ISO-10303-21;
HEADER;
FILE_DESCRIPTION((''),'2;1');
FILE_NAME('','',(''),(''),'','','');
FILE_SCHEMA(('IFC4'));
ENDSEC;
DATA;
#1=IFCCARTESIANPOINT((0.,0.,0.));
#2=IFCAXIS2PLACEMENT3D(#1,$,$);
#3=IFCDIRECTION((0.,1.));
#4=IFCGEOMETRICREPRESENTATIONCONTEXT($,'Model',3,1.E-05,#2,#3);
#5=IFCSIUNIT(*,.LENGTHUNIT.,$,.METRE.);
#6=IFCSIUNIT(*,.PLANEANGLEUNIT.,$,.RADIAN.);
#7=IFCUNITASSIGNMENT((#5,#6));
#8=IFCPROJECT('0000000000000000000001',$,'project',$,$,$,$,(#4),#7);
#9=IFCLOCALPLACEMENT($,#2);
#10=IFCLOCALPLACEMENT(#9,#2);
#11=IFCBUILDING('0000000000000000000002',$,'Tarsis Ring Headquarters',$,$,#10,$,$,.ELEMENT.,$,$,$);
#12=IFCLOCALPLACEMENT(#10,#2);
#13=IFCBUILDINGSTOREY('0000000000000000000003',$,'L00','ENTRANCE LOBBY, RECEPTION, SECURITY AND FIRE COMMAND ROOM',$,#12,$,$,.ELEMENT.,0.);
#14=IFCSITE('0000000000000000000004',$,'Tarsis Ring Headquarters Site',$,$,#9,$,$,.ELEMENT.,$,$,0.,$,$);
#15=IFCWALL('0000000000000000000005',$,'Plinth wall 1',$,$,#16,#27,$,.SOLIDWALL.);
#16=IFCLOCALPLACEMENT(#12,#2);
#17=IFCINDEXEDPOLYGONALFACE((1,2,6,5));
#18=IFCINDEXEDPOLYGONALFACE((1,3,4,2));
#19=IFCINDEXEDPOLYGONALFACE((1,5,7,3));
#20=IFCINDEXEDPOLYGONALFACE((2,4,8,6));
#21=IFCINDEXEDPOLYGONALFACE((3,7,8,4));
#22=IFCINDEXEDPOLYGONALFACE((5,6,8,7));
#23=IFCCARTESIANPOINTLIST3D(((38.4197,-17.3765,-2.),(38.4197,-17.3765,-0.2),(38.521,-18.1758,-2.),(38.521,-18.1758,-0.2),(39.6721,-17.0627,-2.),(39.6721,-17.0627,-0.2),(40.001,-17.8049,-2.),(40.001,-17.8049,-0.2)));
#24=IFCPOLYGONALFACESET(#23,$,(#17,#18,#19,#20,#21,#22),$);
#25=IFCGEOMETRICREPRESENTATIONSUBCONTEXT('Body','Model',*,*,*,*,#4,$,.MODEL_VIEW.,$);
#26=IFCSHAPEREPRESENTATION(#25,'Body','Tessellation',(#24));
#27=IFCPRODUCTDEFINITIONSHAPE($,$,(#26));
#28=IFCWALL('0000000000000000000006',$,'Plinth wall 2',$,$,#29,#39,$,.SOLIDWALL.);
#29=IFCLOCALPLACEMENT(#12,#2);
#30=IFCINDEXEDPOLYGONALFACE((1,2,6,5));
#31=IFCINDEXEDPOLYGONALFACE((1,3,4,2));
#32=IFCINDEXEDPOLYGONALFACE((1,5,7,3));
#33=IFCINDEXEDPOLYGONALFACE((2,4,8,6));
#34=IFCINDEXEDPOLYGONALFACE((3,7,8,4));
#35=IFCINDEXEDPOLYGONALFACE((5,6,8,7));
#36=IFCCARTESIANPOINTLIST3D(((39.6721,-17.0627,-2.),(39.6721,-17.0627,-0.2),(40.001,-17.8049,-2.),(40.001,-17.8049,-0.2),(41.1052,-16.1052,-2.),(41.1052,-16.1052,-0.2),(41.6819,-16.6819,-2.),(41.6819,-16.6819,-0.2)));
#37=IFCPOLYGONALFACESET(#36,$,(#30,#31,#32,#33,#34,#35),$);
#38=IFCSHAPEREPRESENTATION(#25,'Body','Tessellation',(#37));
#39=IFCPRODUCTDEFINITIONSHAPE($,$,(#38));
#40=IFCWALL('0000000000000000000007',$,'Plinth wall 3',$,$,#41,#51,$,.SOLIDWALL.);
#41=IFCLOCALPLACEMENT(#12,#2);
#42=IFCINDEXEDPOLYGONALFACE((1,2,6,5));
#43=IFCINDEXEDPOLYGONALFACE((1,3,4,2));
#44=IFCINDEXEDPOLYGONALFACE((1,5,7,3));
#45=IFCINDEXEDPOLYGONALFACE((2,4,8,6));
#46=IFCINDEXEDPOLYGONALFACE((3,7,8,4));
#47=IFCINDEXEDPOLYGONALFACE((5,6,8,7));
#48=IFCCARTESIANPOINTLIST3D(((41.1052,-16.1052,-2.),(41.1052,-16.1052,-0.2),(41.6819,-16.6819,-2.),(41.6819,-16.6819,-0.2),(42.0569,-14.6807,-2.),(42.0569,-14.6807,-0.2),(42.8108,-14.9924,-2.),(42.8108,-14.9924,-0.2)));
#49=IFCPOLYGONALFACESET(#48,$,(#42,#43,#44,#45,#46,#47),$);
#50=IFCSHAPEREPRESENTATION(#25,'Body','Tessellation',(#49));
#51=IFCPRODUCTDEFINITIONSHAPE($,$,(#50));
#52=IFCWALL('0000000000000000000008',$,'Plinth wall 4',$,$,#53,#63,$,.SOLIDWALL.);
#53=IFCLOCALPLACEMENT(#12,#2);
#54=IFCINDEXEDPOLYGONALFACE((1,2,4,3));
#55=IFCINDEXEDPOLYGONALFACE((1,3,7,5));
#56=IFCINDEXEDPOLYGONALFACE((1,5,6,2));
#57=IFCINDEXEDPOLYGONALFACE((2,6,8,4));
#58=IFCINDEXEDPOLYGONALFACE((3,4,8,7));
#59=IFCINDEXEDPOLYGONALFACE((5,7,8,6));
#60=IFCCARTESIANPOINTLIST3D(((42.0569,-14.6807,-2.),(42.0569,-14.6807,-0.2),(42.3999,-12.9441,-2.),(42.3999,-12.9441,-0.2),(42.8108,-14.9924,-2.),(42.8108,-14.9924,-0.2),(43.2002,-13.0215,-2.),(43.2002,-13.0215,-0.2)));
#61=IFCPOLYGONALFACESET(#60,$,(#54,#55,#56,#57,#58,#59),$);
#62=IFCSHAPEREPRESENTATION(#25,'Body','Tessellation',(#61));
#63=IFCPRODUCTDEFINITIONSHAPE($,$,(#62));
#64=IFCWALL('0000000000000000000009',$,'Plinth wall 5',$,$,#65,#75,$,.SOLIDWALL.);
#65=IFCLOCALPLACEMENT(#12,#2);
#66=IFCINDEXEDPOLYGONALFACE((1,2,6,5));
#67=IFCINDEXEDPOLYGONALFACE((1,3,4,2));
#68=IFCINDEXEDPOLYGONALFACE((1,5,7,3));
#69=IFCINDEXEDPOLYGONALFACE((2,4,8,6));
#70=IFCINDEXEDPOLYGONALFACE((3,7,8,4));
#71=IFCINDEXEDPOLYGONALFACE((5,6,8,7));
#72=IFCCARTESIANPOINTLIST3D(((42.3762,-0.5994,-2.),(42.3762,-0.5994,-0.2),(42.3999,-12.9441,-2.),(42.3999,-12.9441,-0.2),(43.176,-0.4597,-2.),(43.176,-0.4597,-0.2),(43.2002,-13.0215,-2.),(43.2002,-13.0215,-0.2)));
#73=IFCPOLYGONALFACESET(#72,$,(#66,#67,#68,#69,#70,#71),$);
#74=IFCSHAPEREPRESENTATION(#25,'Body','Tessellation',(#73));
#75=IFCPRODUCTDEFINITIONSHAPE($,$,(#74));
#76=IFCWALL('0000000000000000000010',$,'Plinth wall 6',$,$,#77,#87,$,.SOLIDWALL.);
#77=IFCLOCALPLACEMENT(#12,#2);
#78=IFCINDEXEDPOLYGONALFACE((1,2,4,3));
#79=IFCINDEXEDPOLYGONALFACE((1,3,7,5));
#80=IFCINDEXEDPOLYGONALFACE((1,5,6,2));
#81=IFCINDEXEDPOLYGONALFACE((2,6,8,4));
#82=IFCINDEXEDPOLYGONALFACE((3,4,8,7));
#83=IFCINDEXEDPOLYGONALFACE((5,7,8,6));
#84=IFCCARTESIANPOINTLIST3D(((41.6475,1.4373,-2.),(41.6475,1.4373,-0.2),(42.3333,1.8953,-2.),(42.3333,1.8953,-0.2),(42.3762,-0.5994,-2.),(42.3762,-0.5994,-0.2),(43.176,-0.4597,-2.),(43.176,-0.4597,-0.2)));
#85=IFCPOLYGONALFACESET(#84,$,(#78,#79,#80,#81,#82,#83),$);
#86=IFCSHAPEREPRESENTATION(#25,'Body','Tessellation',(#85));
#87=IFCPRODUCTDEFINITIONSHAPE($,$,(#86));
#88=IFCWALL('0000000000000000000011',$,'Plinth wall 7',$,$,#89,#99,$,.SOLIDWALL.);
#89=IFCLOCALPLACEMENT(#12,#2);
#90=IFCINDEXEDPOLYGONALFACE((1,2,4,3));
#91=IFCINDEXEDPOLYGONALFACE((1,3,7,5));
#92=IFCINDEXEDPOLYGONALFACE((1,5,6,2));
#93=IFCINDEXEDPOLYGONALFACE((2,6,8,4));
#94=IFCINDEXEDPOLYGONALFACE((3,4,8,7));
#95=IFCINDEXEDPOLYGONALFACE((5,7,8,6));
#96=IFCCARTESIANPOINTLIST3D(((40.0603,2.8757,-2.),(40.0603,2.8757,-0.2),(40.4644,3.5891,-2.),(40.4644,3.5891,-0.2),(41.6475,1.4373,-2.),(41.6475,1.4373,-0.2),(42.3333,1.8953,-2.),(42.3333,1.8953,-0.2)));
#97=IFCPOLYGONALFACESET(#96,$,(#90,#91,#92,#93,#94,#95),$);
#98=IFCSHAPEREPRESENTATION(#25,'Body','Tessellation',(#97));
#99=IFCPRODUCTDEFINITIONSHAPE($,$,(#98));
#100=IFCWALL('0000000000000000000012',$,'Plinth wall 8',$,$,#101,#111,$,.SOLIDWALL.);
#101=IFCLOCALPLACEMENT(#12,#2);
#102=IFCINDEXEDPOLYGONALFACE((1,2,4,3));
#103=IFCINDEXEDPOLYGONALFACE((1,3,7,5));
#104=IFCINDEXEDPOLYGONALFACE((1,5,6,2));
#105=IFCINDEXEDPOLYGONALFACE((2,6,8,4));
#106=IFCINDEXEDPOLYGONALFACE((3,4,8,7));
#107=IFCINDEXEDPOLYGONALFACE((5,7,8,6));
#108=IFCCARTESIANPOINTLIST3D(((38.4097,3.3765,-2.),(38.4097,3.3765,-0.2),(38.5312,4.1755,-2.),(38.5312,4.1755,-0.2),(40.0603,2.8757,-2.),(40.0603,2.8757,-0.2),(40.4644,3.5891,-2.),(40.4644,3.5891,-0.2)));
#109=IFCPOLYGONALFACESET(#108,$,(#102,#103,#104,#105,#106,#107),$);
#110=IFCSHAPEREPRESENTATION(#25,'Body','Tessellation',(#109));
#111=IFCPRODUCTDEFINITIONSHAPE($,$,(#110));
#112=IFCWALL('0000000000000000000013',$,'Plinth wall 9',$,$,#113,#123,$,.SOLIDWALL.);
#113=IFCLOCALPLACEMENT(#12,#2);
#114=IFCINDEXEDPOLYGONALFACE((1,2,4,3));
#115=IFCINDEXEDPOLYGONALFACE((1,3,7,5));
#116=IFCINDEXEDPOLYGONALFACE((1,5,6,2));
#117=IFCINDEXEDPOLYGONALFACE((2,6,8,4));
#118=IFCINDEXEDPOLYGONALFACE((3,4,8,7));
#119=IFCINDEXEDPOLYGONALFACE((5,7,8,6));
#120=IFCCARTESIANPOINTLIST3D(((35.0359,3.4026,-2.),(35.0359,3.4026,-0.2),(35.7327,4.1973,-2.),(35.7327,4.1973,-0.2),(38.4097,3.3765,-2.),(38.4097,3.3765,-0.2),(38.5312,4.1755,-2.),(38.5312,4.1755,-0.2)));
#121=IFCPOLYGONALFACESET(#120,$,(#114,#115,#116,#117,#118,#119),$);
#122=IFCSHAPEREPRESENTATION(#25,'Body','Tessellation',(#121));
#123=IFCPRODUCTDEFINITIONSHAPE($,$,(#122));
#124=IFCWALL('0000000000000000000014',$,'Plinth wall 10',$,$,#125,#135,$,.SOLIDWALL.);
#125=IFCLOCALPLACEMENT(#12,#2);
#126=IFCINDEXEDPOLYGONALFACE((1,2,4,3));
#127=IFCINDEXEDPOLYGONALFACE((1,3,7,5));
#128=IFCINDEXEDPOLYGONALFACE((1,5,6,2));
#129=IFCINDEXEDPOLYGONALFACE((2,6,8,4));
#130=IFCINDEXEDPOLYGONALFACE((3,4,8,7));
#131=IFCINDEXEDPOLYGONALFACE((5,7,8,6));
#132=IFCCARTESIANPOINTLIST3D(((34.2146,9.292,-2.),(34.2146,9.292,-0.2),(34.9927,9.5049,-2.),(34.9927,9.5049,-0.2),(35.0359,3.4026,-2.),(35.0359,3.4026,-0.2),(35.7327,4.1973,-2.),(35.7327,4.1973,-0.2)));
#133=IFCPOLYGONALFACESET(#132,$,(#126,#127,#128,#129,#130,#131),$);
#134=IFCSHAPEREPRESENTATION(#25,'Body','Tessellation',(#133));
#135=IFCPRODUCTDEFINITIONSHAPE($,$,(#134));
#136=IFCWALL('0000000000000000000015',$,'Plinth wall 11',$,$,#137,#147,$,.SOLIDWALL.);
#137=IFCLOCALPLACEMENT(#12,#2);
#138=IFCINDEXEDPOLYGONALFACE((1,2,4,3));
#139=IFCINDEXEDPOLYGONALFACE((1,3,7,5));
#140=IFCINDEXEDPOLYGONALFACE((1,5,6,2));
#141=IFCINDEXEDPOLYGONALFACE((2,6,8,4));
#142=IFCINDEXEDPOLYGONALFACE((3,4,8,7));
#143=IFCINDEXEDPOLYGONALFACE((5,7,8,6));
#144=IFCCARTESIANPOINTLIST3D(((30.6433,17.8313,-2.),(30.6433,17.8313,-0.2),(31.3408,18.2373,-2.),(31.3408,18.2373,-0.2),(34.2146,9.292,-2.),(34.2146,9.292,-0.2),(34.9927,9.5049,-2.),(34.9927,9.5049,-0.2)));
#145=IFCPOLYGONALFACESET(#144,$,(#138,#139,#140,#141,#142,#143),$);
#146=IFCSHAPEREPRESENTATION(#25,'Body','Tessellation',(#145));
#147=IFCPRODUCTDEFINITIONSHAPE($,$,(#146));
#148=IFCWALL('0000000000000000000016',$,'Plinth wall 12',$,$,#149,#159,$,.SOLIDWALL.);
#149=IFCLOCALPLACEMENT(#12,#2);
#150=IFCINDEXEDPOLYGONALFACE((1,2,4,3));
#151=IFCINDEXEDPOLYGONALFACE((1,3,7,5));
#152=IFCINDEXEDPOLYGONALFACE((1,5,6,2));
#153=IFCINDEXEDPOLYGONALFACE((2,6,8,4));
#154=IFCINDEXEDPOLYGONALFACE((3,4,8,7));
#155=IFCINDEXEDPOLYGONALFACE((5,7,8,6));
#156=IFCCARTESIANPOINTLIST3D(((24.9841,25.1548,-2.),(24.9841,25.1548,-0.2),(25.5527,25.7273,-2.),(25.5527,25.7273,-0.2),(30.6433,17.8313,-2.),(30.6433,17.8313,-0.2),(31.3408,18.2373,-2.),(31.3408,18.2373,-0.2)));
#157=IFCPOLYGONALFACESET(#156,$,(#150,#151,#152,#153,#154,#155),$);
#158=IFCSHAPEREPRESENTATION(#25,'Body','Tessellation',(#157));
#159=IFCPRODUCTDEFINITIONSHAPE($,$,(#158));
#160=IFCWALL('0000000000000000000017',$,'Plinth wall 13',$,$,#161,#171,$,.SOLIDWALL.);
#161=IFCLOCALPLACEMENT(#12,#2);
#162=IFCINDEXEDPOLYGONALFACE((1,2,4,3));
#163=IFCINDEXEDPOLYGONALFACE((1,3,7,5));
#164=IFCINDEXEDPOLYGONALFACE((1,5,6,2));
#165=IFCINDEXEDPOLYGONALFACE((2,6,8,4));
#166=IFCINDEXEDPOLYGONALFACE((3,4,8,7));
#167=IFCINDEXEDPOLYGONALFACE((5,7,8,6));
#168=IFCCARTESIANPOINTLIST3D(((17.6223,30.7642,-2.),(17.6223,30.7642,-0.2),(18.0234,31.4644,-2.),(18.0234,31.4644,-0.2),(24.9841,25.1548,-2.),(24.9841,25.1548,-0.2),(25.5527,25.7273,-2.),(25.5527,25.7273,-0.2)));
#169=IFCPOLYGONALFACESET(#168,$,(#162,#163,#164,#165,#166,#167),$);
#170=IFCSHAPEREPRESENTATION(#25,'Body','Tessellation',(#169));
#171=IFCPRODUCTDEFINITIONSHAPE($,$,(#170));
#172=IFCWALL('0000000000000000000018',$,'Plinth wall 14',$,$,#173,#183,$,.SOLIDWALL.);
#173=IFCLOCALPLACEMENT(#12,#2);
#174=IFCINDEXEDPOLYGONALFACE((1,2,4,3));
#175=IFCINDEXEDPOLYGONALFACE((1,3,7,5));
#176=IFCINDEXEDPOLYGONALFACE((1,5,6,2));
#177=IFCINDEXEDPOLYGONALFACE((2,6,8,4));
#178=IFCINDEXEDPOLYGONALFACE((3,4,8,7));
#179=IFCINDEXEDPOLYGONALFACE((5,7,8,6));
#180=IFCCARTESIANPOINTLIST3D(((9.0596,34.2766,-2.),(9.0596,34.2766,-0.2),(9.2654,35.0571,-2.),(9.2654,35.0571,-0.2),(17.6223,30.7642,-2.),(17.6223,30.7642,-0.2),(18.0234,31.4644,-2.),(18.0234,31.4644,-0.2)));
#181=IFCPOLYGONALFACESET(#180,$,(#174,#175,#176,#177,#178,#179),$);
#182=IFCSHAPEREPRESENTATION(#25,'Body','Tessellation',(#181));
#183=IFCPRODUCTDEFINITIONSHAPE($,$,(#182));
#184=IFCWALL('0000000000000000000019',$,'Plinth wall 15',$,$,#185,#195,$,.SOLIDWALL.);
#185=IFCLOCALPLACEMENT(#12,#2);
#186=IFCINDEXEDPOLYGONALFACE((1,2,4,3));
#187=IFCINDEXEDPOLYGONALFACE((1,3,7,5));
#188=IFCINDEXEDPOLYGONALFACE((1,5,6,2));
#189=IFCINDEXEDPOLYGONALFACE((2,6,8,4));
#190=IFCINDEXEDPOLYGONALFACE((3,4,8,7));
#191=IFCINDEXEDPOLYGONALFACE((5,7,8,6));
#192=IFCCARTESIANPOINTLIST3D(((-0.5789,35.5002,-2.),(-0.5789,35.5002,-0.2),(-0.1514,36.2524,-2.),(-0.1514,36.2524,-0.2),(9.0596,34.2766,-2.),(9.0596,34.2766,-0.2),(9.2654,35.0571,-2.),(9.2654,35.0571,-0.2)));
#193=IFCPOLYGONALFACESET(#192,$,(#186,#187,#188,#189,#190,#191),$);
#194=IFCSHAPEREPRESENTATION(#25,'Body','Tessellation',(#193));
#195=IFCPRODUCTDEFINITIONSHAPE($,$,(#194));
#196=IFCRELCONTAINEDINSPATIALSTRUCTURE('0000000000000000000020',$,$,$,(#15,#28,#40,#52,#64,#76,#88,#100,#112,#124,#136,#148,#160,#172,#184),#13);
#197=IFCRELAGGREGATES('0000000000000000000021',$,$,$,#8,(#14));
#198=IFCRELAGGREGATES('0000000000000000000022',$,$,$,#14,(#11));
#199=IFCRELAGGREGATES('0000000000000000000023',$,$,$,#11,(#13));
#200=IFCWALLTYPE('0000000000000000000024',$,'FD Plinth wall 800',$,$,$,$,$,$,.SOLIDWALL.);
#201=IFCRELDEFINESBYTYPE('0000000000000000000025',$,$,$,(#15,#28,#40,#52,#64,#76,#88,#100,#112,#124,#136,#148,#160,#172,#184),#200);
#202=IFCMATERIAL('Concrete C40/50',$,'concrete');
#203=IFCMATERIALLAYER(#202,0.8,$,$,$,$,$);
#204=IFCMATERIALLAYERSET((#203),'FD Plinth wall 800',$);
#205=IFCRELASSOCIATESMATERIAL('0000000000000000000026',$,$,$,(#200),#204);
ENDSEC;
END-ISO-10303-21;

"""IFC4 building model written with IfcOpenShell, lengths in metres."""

from ifc_helpers import new_model, si_unit, direction, frame, origin, place, context, subcontext, project, spatial, polyline, outline, extrude, material, layer, layer_set, type_object, element, save


model = new_model("IFC4")

# Units and contexts
model_context = context("Model", 3, precision=1e-05, world=origin(), true_north=direction((0.0, 1.0)))
body_context = subcontext(model_context, "Body", "Model", "MODEL_VIEW")
ifc_project = project(units=[si_unit("LENGTHUNIT", "METRE"), si_unit("PLANEANGLEUNIT", "RADIAN")], contexts=[model_context])

# Site, building, storey
site_placement = place(None, origin())
site = spatial("IfcSite", under=ifc_project, at=site_placement, Name="Tarsis Ring Headquarters Site", CompositionType="ELEMENT", RefElevation=0.0)
building_placement = place(site_placement, origin())
building = spatial("IfcBuilding", under=site, at=building_placement, Name="Tarsis Ring Headquarters", CompositionType="ELEMENT")
storey_placement = place(building_placement, origin())
storey = spatial("IfcBuildingStorey", under=building, at=storey_placement, Name="L00", Description="ENTRANCE LOBBY, RECEPTION, SECURITY AND FIRE COMMAND ROOM", CompositionType="ELEMENT", Elevation=0.0)

# Shared definitions
ifc_material_1 = material(Name="Concrete C40/50", Category="concrete")

# Walls
ifc_layer_1 = layer(ifc_material_1, 0.8)
ifc_layer_set_1 = layer_set([ifc_layer_1], Name="FD Plinth wall 800")
wall_type = type_object("IfcWallType", Name="FD Plinth wall 800", PredefinedType="SOLIDWALL", material=ifc_layer_set_1)
wall_1_placement = place(storey_placement, frame((0.0, 0.0, -2.0)))
element("IfcWall", 1, at=wall_1_placement, inside=storey, type_object=wall_type, Name="Plinth wall 1", PredefinedType="SOLIDWALL", context=body_context, shape_type="SweptSolid", body=[
    extrude(outline(polyline([(38.521, -18.1758), (40.001, -17.8049), (39.6721, -17.0627), (38.4197, -17.3765), (38.521, -18.1758)])), origin(), (0.0, 0.0, 1.0), 1.8),
])
wall_2_placement = place(storey_placement, frame((0.0, 0.0, -2.0)))
element("IfcWall", 2, at=wall_2_placement, inside=storey, type_object=wall_type, Name="Plinth wall 2", PredefinedType="SOLIDWALL", context=body_context, shape_type="SweptSolid", body=[
    extrude(outline(polyline([(40.001, -17.8049), (41.6819, -16.6819), (41.1052, -16.1052), (39.6721, -17.0627), (40.001, -17.8049)])), origin(), (0.0, 0.0, 1.0), 1.8),
])
wall_3_placement = place(storey_placement, frame((0.0, 0.0, -2.0)))
element("IfcWall", 3, at=wall_3_placement, inside=storey, type_object=wall_type, Name="Plinth wall 3", PredefinedType="SOLIDWALL", context=body_context, shape_type="SweptSolid", body=[
    extrude(outline(polyline([(41.6819, -16.6819), (42.8108, -14.9924), (42.0569, -14.6807), (41.1052, -16.1052), (41.6819, -16.6819)])), origin(), (0.0, 0.0, 1.0), 1.8),
])
wall_4_placement = place(storey_placement, frame((0.0, 0.0, -2.0)))
element("IfcWall", 4, at=wall_4_placement, inside=storey, type_object=wall_type, Name="Plinth wall 4", PredefinedType="SOLIDWALL", context=body_context, shape_type="SweptSolid", body=[
    extrude(outline(polyline([(42.8108, -14.9924), (43.2002, -13.0215), (42.3999, -12.9441), (42.0569, -14.6807), (42.8108, -14.9924)])), origin(), (0.0, 0.0, 1.0), 1.8),
])
wall_5_placement = place(storey_placement, frame((0.0, 0.0, -2.0)))
element("IfcWall", 5, at=wall_5_placement, inside=storey, type_object=wall_type, Name="Plinth wall 5", PredefinedType="SOLIDWALL", context=body_context, shape_type="SweptSolid", body=[
    extrude(outline(polyline([(43.2002, -13.0215), (43.176, -0.4597), (42.3762, -0.5994), (42.3999, -12.9441), (43.2002, -13.0215)])), origin(), (0.0, 0.0, 1.0), 1.8),
])
wall_6_placement = place(storey_placement, frame((0.0, 0.0, -2.0)))
element("IfcWall", 6, at=wall_6_placement, inside=storey, type_object=wall_type, Name="Plinth wall 6", PredefinedType="SOLIDWALL", context=body_context, shape_type="SweptSolid", body=[
    extrude(outline(polyline([(43.176, -0.4597), (42.3333, 1.8953), (41.6475, 1.4373), (42.3762, -0.5994), (43.176, -0.4597)])), origin(), (0.0, 0.0, 1.0), 1.8),
])
wall_7_placement = place(storey_placement, frame((0.0, 0.0, -2.0)))
element("IfcWall", 7, at=wall_7_placement, inside=storey, type_object=wall_type, Name="Plinth wall 7", PredefinedType="SOLIDWALL", context=body_context, shape_type="SweptSolid", body=[
    extrude(outline(polyline([(42.3333, 1.8953), (40.4644, 3.5891), (40.0603, 2.8757), (41.6475, 1.4373), (42.3333, 1.8953)])), origin(), (0.0, 0.0, 1.0), 1.8),
])
wall_8_placement = place(storey_placement, frame((0.0, 0.0, -2.0)))
element("IfcWall", 8, at=wall_8_placement, inside=storey, type_object=wall_type, Name="Plinth wall 8", PredefinedType="SOLIDWALL", context=body_context, shape_type="SweptSolid", body=[
    extrude(outline(polyline([(40.4644, 3.5891), (38.5312, 4.1755), (38.4097, 3.3765), (40.0603, 2.8757), (40.4644, 3.5891)])), origin(), (0.0, 0.0, 1.0), 1.8),
])
wall_9_placement = place(storey_placement, frame((0.0, 0.0, -2.0)))
element("IfcWall", 9, at=wall_9_placement, inside=storey, type_object=wall_type, Name="Plinth wall 9", PredefinedType="SOLIDWALL", context=body_context, shape_type="SweptSolid", body=[
    extrude(outline(polyline([(38.5312, 4.1755), (35.7327, 4.1973), (35.0359, 3.4026), (38.4097, 3.3765), (38.5312, 4.1755)])), origin(), (0.0, 0.0, 1.0), 1.8),
])
wall_10_placement = place(storey_placement, frame((0.0, 0.0, -2.0)))
element("IfcWall", 10, at=wall_10_placement, inside=storey, type_object=wall_type, Name="Plinth wall 10", PredefinedType="SOLIDWALL", context=body_context, shape_type="SweptSolid", body=[
    extrude(outline(polyline([(35.7327, 4.1973), (34.9927, 9.5049), (34.2146, 9.292), (35.0359, 3.4026), (35.7327, 4.1973)])), origin(), (0.0, 0.0, 1.0), 1.8),
])
wall_11_placement = place(storey_placement, frame((0.0, 0.0, -2.0)))
element("IfcWall", 11, at=wall_11_placement, inside=storey, type_object=wall_type, Name="Plinth wall 11", PredefinedType="SOLIDWALL", context=body_context, shape_type="SweptSolid", body=[
    extrude(outline(polyline([(34.9927, 9.5049), (31.3408, 18.2373), (30.6433, 17.8313), (34.2146, 9.292), (34.9927, 9.5049)])), origin(), (0.0, 0.0, 1.0), 1.8),
])
wall_12_placement = place(storey_placement, frame((0.0, 0.0, -2.0)))
element("IfcWall", 12, at=wall_12_placement, inside=storey, type_object=wall_type, Name="Plinth wall 12", PredefinedType="SOLIDWALL", context=body_context, shape_type="SweptSolid", body=[
    extrude(outline(polyline([(31.3408, 18.2373), (25.5527, 25.7273), (24.9841, 25.1548), (30.6433, 17.8313), (31.3408, 18.2373)])), origin(), (0.0, 0.0, 1.0), 1.8),
])
wall_13_placement = place(storey_placement, frame((0.0, 0.0, -2.0)))
element("IfcWall", 13, at=wall_13_placement, inside=storey, type_object=wall_type, Name="Plinth wall 13", PredefinedType="SOLIDWALL", context=body_context, shape_type="SweptSolid", body=[
    extrude(outline(polyline([(25.5527, 25.7273), (18.0234, 31.4644), (17.6223, 30.7642), (24.9841, 25.1548), (25.5527, 25.7273)])), origin(), (0.0, 0.0, 1.0), 1.8),
])
wall_14_placement = place(storey_placement, frame((0.0, 0.0, -2.0)))
element("IfcWall", 14, at=wall_14_placement, inside=storey, type_object=wall_type, Name="Plinth wall 14", PredefinedType="SOLIDWALL", context=body_context, shape_type="SweptSolid", body=[
    extrude(outline(polyline([(18.0234, 31.4644), (9.2654, 35.0571), (9.0596, 34.2766), (17.6223, 30.7642), (18.0234, 31.4644)])), origin(), (0.0, 0.0, 1.0), 1.8),
])
wall_15_placement = place(storey_placement, frame((0.0, 0.0, -2.0)))
element("IfcWall", 15, at=wall_15_placement, inside=storey, type_object=wall_type, Name="Plinth wall 15", PredefinedType="SOLIDWALL", context=body_context, shape_type="SweptSolid", body=[
    extrude(outline(polyline([(9.2654, 35.0571), (-0.1514, 36.2524), (-0.5789, 35.5002), (9.0596, 34.2766), (9.2654, 35.0571)])), origin(), (0.0, 0.0, 1.0), 1.8),
])

save(model, "model.ifc")
